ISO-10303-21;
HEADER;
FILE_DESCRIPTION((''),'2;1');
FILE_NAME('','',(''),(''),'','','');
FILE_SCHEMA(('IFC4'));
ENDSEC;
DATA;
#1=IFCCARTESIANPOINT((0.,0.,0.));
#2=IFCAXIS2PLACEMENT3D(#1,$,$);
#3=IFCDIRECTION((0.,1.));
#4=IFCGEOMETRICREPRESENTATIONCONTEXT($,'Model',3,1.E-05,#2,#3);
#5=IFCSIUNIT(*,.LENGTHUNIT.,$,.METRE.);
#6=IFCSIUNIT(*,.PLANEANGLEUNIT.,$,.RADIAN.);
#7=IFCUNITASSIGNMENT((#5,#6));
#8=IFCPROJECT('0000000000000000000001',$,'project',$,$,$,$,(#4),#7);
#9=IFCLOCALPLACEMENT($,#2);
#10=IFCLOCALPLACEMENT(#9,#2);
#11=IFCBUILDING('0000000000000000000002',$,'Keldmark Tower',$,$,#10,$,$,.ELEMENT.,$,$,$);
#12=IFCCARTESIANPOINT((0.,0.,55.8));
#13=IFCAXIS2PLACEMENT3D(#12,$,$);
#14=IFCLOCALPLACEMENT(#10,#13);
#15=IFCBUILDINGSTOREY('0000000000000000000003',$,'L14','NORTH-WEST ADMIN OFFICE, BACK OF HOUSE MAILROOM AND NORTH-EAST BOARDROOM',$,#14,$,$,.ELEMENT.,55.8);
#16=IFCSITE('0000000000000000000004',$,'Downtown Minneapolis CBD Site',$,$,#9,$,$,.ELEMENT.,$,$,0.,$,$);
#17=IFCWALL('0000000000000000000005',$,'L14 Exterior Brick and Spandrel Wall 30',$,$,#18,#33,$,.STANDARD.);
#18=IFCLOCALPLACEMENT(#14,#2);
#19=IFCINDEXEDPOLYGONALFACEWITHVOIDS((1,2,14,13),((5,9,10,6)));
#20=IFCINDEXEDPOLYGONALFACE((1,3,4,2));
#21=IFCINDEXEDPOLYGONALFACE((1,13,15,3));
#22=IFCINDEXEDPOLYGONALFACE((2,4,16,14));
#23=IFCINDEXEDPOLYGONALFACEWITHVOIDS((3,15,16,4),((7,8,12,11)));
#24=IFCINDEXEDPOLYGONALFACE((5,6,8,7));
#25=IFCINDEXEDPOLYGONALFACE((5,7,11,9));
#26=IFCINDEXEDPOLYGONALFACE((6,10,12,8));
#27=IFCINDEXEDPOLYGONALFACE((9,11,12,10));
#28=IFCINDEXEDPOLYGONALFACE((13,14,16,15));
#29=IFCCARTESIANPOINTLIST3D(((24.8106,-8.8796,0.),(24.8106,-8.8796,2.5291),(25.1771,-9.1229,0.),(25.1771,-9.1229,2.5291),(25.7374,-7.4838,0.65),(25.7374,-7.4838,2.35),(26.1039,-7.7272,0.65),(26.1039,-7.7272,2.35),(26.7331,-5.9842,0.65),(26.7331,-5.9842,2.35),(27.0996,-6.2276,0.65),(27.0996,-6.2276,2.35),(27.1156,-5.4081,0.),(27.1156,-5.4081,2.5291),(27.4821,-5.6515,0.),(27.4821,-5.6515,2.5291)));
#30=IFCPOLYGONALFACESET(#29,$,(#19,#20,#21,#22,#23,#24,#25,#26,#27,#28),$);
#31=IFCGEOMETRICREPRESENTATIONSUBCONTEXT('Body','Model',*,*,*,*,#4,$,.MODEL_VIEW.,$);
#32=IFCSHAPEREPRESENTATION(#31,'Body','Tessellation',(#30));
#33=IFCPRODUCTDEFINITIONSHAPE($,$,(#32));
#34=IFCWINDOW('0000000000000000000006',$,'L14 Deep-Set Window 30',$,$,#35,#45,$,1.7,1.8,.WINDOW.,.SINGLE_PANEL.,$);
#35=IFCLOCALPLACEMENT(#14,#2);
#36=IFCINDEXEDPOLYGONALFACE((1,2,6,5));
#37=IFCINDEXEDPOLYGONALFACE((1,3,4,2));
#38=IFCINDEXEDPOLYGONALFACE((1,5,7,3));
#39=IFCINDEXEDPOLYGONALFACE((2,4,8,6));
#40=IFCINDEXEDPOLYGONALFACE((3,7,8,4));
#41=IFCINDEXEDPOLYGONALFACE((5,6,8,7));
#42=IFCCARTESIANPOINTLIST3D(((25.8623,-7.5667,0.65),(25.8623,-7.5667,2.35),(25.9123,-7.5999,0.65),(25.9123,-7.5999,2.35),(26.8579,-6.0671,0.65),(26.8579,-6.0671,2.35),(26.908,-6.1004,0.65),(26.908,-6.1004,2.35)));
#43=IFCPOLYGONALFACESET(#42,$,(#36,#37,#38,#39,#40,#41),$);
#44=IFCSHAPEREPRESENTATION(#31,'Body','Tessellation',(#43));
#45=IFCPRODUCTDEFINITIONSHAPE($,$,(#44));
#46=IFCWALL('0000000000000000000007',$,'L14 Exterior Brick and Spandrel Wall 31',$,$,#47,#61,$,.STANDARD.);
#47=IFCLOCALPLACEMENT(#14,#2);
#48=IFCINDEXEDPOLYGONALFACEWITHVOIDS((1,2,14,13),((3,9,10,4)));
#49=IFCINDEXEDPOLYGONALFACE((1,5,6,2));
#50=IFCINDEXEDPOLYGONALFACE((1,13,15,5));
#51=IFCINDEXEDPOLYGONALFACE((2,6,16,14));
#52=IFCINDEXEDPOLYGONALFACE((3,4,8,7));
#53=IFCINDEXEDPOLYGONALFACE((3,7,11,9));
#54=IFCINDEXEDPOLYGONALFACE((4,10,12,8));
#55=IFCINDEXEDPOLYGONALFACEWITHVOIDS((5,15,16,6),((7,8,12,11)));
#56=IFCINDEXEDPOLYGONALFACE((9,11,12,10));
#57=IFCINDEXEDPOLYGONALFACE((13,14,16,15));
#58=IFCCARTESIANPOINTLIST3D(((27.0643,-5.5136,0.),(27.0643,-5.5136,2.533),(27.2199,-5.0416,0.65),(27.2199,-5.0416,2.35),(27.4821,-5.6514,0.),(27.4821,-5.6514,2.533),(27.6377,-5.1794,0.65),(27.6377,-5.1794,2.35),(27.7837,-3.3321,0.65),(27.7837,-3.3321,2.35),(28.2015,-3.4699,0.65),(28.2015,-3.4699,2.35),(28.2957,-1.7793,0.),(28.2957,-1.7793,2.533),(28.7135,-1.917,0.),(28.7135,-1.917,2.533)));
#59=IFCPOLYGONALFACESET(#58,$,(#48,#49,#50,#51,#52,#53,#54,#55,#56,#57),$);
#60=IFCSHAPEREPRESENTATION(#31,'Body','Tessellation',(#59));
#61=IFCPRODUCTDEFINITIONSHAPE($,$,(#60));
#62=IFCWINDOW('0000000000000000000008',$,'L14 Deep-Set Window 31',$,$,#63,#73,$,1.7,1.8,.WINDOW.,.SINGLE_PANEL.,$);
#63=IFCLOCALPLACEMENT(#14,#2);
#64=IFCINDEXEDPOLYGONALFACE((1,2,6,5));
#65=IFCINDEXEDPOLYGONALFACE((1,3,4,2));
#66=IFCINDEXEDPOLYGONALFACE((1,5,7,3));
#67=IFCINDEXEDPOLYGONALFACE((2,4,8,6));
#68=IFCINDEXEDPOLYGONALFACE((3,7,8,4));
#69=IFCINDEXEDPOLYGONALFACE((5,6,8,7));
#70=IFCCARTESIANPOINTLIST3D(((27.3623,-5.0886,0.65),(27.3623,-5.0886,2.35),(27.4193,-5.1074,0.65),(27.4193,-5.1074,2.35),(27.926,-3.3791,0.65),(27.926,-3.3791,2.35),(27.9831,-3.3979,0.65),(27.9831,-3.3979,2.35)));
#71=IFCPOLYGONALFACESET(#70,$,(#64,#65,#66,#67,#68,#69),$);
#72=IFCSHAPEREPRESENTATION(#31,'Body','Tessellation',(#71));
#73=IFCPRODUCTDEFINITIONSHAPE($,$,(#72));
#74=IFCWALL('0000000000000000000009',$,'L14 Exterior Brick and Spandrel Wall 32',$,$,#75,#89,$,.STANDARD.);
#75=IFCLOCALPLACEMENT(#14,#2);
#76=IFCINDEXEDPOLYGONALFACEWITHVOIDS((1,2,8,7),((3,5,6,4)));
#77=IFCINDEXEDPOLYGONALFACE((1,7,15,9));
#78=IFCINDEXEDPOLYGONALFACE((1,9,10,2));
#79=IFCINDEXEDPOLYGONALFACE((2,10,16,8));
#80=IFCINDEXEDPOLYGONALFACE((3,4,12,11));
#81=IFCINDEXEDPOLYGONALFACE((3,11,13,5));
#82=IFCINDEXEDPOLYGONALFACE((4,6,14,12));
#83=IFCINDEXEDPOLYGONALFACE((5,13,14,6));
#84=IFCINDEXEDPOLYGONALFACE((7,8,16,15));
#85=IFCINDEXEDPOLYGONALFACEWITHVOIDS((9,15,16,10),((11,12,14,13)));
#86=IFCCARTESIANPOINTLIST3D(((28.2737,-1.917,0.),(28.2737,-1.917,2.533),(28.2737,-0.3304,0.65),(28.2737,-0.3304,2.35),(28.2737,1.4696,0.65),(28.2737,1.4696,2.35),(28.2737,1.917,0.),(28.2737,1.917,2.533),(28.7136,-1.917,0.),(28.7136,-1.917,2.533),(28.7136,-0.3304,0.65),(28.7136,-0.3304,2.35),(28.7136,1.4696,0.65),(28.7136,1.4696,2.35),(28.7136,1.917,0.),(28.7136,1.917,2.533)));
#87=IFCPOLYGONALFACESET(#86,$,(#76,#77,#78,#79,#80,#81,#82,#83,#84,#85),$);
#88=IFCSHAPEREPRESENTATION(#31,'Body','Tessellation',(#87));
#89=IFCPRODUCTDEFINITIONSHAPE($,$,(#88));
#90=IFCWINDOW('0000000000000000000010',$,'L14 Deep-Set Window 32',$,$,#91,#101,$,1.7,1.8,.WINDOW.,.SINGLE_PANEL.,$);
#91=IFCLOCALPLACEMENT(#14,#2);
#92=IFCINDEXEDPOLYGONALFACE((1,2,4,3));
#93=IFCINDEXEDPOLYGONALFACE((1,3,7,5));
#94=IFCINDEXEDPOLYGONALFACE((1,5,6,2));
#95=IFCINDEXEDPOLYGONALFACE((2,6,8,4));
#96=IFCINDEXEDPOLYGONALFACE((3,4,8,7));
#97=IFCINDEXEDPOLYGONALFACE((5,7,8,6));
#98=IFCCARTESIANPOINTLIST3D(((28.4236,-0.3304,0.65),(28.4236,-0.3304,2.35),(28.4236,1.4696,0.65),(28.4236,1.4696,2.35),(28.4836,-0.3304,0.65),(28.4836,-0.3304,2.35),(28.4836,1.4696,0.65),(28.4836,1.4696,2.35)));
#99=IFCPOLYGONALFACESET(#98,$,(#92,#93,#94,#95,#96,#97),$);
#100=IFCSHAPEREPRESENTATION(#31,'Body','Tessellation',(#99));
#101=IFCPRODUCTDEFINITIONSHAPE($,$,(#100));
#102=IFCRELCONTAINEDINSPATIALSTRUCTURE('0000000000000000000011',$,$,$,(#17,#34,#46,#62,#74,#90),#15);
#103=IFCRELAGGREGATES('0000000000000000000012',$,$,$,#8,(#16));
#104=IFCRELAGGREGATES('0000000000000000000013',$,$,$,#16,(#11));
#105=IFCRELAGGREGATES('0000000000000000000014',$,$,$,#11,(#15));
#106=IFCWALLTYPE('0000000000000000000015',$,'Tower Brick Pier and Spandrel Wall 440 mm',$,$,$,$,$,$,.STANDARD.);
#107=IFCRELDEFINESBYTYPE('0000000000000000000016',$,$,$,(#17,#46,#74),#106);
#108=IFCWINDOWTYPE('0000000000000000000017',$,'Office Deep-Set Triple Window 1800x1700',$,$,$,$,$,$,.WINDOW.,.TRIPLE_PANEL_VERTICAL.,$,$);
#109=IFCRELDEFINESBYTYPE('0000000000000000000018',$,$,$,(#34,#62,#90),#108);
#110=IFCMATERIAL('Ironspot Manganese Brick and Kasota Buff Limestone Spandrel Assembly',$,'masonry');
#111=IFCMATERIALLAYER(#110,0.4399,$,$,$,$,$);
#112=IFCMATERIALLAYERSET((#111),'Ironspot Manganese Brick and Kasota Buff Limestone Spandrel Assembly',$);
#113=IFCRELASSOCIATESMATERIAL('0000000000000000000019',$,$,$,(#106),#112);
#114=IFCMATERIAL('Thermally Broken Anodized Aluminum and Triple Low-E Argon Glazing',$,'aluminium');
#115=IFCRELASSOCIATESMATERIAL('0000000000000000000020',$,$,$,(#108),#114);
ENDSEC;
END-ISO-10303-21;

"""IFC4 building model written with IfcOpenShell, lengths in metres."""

from ifc_helpers import new_model, si_unit, direction, frame, frame_2d, origin, place, context, subcontext, project, spatial, rectangle, extrude, material, layer, layer_set, type_object, element, fill, save


model = new_model("IFC4")

# Units and contexts
model_context = context("Model", 3, precision=1e-05, world=origin(), true_north=direction((0.0, 1.0)))
body_context = subcontext(model_context, "Body", "Model", "MODEL_VIEW")
ifc_project = project(units=[si_unit("LENGTHUNIT", "METRE"), si_unit("PLANEANGLEUNIT", "RADIAN")], contexts=[model_context])

# Site, building, storey
site_placement = place(None, origin())
site = spatial("IfcSite", under=ifc_project, at=site_placement, Name="Downtown Minneapolis CBD Site", CompositionType="ELEMENT", RefElevation=0.0)
building_placement = place(site_placement, origin())
building = spatial("IfcBuilding", under=site, at=building_placement, Name="Keldmark Tower", CompositionType="ELEMENT")
storey_placement = place(building_placement, frame((0.0, 0.0, 55.8)))
storey = spatial("IfcBuildingStorey", under=building, at=storey_placement, Name="L14", Description="NORTH-WEST ADMIN OFFICE, BACK OF HOUSE MAILROOM AND NORTH-EAST BOARDROOM", CompositionType="ELEMENT", Elevation=55.8)

# Walls, openings, windows
ifc_material_1 = material(Name="Ironspot Manganese Brick and Kasota Buff Limestone Spandrel Assembly", Category="masonry")
ifc_layer_1 = layer(ifc_material_1, 0.4399)
ifc_layer_set_1 = layer_set([ifc_layer_1], Name="Ironspot Manganese Brick and Kasota Buff Limestone Spandrel Assembly")
wall_type_1 = type_object("IfcWallType", Name="Tower Brick Pier and Spandrel Wall 440 mm", PredefinedType="STANDARD", material=ifc_layer_set_1)
wall_1_placement = place(storey_placement, frame((27.2988, -5.5298, 0.0), z_axis=(0.0, 0.0, 1.0), x_axis=(-0.553144, -0.833085, 0.0)))
wall_1 = element("IfcWall", 1, at=wall_1_placement, inside=storey, type_object=wall_type_1, Name="L14 Exterior Brick and Spandrel Wall 30", PredefinedType="STANDARD", context=body_context, shape_type="SweptSolid", body=[
    extrude(rectangle(XDim=4.167, YDim=0.4399, at=frame_2d((2.0835, 0.0))), origin(), (0.0, 0.0, 1.0), 2.5291),
])
opening_1_placement = place(wall_1_placement, frame((0.6917, 0.0, 0.6499)))
opening_1 = element("IfcOpeningElement", 2, at=opening_1_placement, cuts=wall_1, PredefinedType="OPENING", context=body_context, shape_type="SweptSolid", body=[
    extrude(rectangle(XDim=1.8, YDim=1.7, at=frame_2d((0.8999, 0.8501))), frame((0.0, 0.23, 0.0), z_axis=(0.0, -1.0, 0.0), x_axis=(1.0, 0.0, 0.0)), (0.0, 0.0, 1.0), 0.46),
])
ifc_material_2 = material(Name="Thermally Broken Anodized Aluminum and Triple Low-E Argon Glazing", Category="aluminium")
window_type = type_object("IfcWindowType", Name="Office Deep-Set Triple Window 1800x1700", PartitioningType="TRIPLE_PANEL_VERTICAL", PredefinedType="WINDOW", material=ifc_material_2)
window_1_placement = place(opening_1_placement, origin())
window_1 = element("IfcWindow", 3, at=window_1_placement, inside=storey, type_object=window_type, Name="L14 Deep-Set Window 30", OverallHeight=1.7, OverallWidth=1.8, PartitioningType="SINGLE_PANEL", PredefinedType="WINDOW", context=body_context, shape_type="SweptSolid", body=[
    extrude(rectangle(XDim=1.8, YDim=1.7, at=frame_2d((0.8999, 0.8501))), frame((0.0, -0.01, 0.0), z_axis=(0.0, -1.0, 0.0), x_axis=(1.0, 0.0, 0.0)), (0.0, 0.0, 1.0), 0.0601),
])
fill(opening_1, window_1)
wall_2_placement = place(storey_placement, frame((28.5046, -1.8481, 0.0), z_axis=(0.0, 0.0, 1.0), x_axis=(-0.313171, -0.949697, 0.0)))
wall_2 = element("IfcWall", 4, at=wall_2_placement, inside=storey, type_object=wall_type_1, Name="L14 Exterior Brick and Spandrel Wall 31", PredefinedType="STANDARD", context=body_context, shape_type="SweptSolid", body=[
    extrude(rectangle(XDim=3.9321, YDim=0.4399, at=frame_2d((1.9661, 0.0))), origin(), (0.0, 0.0, 1.0), 2.533),
])
opening_2_placement = place(wall_2_placement, frame((1.6353, 0.0, 0.6499)))
opening_2 = element("IfcOpeningElement", 5, at=opening_2_placement, cuts=wall_2, PredefinedType="OPENING", context=body_context, shape_type="SweptSolid", body=[
    extrude(rectangle(XDim=1.8, YDim=1.7, at=frame_2d((0.8999, 0.8501))), frame((0.0, 0.23, 0.0), z_axis=(0.0, -1.0, 0.0), x_axis=(1.0, 0.0, 0.0)), (0.0, 0.0, 1.0), 0.46),
])
window_2_placement = place(opening_2_placement, origin())
window_2 = element("IfcWindow", 6, at=window_2_placement, inside=storey, type_object=window_type, Name="L14 Deep-Set Window 31", OverallHeight=1.7, OverallWidth=1.8, PartitioningType="SINGLE_PANEL", PredefinedType="WINDOW", context=body_context, shape_type="SweptSolid", body=[
    extrude(rectangle(XDim=1.8, YDim=1.7, at=frame_2d((0.8999, 0.8501))), frame((0.0, -0.01, 0.0), z_axis=(0.0, -1.0, 0.0), x_axis=(1.0, 0.0, 0.0)), (0.0, 0.0, 1.0), 0.0601),
])
fill(opening_2, window_2)
wall_3_placement = place(storey_placement, frame((28.4937, 1.917, 0.0), z_axis=(0.0, 0.0, 1.0), x_axis=(0.0, -1.0, 0.0)))
wall_3 = element("IfcWall", 7, at=wall_3_placement, inside=storey, type_object=wall_type_1, Name="L14 Exterior Brick and Spandrel Wall 32", PredefinedType="STANDARD", context=body_context, shape_type="SweptSolid", body=[
    extrude(rectangle(XDim=3.834, YDim=0.4399, at=frame_2d((1.917, 0.0))), origin(), (0.0, 0.0, 1.0), 2.533),
])
opening_3_placement = place(wall_3_placement, frame((0.4475, 0.0, 0.6499)))
opening_3 = element("IfcOpeningElement", 8, at=opening_3_placement, cuts=wall_3, PredefinedType="OPENING", context=body_context, shape_type="SweptSolid", body=[
    extrude(rectangle(XDim=1.8, YDim=1.7, at=frame_2d((0.8999, 0.8501))), frame((0.0, 0.23, 0.0), z_axis=(0.0, -1.0, 0.0), x_axis=(1.0, 0.0, 0.0)), (0.0, 0.0, 1.0), 0.46),
])
window_3_placement = place(opening_3_placement, origin())
window_3 = element("IfcWindow", 9, at=window_3_placement, inside=storey, type_object=window_type, Name="L14 Deep-Set Window 32", OverallHeight=1.7, OverallWidth=1.8, PartitioningType="SINGLE_PANEL", PredefinedType="WINDOW", context=body_context, shape_type="SweptSolid", body=[
    extrude(rectangle(XDim=1.8, YDim=1.7, at=frame_2d((0.8999, 0.8501))), frame((0.0, -0.01, 0.0), z_axis=(0.0, -1.0, 0.0), x_axis=(1.0, 0.0, 0.0)), (0.0, 0.0, 1.0), 0.0601),
])
fill(opening_3, window_3)

save(model, "model.ifc")
